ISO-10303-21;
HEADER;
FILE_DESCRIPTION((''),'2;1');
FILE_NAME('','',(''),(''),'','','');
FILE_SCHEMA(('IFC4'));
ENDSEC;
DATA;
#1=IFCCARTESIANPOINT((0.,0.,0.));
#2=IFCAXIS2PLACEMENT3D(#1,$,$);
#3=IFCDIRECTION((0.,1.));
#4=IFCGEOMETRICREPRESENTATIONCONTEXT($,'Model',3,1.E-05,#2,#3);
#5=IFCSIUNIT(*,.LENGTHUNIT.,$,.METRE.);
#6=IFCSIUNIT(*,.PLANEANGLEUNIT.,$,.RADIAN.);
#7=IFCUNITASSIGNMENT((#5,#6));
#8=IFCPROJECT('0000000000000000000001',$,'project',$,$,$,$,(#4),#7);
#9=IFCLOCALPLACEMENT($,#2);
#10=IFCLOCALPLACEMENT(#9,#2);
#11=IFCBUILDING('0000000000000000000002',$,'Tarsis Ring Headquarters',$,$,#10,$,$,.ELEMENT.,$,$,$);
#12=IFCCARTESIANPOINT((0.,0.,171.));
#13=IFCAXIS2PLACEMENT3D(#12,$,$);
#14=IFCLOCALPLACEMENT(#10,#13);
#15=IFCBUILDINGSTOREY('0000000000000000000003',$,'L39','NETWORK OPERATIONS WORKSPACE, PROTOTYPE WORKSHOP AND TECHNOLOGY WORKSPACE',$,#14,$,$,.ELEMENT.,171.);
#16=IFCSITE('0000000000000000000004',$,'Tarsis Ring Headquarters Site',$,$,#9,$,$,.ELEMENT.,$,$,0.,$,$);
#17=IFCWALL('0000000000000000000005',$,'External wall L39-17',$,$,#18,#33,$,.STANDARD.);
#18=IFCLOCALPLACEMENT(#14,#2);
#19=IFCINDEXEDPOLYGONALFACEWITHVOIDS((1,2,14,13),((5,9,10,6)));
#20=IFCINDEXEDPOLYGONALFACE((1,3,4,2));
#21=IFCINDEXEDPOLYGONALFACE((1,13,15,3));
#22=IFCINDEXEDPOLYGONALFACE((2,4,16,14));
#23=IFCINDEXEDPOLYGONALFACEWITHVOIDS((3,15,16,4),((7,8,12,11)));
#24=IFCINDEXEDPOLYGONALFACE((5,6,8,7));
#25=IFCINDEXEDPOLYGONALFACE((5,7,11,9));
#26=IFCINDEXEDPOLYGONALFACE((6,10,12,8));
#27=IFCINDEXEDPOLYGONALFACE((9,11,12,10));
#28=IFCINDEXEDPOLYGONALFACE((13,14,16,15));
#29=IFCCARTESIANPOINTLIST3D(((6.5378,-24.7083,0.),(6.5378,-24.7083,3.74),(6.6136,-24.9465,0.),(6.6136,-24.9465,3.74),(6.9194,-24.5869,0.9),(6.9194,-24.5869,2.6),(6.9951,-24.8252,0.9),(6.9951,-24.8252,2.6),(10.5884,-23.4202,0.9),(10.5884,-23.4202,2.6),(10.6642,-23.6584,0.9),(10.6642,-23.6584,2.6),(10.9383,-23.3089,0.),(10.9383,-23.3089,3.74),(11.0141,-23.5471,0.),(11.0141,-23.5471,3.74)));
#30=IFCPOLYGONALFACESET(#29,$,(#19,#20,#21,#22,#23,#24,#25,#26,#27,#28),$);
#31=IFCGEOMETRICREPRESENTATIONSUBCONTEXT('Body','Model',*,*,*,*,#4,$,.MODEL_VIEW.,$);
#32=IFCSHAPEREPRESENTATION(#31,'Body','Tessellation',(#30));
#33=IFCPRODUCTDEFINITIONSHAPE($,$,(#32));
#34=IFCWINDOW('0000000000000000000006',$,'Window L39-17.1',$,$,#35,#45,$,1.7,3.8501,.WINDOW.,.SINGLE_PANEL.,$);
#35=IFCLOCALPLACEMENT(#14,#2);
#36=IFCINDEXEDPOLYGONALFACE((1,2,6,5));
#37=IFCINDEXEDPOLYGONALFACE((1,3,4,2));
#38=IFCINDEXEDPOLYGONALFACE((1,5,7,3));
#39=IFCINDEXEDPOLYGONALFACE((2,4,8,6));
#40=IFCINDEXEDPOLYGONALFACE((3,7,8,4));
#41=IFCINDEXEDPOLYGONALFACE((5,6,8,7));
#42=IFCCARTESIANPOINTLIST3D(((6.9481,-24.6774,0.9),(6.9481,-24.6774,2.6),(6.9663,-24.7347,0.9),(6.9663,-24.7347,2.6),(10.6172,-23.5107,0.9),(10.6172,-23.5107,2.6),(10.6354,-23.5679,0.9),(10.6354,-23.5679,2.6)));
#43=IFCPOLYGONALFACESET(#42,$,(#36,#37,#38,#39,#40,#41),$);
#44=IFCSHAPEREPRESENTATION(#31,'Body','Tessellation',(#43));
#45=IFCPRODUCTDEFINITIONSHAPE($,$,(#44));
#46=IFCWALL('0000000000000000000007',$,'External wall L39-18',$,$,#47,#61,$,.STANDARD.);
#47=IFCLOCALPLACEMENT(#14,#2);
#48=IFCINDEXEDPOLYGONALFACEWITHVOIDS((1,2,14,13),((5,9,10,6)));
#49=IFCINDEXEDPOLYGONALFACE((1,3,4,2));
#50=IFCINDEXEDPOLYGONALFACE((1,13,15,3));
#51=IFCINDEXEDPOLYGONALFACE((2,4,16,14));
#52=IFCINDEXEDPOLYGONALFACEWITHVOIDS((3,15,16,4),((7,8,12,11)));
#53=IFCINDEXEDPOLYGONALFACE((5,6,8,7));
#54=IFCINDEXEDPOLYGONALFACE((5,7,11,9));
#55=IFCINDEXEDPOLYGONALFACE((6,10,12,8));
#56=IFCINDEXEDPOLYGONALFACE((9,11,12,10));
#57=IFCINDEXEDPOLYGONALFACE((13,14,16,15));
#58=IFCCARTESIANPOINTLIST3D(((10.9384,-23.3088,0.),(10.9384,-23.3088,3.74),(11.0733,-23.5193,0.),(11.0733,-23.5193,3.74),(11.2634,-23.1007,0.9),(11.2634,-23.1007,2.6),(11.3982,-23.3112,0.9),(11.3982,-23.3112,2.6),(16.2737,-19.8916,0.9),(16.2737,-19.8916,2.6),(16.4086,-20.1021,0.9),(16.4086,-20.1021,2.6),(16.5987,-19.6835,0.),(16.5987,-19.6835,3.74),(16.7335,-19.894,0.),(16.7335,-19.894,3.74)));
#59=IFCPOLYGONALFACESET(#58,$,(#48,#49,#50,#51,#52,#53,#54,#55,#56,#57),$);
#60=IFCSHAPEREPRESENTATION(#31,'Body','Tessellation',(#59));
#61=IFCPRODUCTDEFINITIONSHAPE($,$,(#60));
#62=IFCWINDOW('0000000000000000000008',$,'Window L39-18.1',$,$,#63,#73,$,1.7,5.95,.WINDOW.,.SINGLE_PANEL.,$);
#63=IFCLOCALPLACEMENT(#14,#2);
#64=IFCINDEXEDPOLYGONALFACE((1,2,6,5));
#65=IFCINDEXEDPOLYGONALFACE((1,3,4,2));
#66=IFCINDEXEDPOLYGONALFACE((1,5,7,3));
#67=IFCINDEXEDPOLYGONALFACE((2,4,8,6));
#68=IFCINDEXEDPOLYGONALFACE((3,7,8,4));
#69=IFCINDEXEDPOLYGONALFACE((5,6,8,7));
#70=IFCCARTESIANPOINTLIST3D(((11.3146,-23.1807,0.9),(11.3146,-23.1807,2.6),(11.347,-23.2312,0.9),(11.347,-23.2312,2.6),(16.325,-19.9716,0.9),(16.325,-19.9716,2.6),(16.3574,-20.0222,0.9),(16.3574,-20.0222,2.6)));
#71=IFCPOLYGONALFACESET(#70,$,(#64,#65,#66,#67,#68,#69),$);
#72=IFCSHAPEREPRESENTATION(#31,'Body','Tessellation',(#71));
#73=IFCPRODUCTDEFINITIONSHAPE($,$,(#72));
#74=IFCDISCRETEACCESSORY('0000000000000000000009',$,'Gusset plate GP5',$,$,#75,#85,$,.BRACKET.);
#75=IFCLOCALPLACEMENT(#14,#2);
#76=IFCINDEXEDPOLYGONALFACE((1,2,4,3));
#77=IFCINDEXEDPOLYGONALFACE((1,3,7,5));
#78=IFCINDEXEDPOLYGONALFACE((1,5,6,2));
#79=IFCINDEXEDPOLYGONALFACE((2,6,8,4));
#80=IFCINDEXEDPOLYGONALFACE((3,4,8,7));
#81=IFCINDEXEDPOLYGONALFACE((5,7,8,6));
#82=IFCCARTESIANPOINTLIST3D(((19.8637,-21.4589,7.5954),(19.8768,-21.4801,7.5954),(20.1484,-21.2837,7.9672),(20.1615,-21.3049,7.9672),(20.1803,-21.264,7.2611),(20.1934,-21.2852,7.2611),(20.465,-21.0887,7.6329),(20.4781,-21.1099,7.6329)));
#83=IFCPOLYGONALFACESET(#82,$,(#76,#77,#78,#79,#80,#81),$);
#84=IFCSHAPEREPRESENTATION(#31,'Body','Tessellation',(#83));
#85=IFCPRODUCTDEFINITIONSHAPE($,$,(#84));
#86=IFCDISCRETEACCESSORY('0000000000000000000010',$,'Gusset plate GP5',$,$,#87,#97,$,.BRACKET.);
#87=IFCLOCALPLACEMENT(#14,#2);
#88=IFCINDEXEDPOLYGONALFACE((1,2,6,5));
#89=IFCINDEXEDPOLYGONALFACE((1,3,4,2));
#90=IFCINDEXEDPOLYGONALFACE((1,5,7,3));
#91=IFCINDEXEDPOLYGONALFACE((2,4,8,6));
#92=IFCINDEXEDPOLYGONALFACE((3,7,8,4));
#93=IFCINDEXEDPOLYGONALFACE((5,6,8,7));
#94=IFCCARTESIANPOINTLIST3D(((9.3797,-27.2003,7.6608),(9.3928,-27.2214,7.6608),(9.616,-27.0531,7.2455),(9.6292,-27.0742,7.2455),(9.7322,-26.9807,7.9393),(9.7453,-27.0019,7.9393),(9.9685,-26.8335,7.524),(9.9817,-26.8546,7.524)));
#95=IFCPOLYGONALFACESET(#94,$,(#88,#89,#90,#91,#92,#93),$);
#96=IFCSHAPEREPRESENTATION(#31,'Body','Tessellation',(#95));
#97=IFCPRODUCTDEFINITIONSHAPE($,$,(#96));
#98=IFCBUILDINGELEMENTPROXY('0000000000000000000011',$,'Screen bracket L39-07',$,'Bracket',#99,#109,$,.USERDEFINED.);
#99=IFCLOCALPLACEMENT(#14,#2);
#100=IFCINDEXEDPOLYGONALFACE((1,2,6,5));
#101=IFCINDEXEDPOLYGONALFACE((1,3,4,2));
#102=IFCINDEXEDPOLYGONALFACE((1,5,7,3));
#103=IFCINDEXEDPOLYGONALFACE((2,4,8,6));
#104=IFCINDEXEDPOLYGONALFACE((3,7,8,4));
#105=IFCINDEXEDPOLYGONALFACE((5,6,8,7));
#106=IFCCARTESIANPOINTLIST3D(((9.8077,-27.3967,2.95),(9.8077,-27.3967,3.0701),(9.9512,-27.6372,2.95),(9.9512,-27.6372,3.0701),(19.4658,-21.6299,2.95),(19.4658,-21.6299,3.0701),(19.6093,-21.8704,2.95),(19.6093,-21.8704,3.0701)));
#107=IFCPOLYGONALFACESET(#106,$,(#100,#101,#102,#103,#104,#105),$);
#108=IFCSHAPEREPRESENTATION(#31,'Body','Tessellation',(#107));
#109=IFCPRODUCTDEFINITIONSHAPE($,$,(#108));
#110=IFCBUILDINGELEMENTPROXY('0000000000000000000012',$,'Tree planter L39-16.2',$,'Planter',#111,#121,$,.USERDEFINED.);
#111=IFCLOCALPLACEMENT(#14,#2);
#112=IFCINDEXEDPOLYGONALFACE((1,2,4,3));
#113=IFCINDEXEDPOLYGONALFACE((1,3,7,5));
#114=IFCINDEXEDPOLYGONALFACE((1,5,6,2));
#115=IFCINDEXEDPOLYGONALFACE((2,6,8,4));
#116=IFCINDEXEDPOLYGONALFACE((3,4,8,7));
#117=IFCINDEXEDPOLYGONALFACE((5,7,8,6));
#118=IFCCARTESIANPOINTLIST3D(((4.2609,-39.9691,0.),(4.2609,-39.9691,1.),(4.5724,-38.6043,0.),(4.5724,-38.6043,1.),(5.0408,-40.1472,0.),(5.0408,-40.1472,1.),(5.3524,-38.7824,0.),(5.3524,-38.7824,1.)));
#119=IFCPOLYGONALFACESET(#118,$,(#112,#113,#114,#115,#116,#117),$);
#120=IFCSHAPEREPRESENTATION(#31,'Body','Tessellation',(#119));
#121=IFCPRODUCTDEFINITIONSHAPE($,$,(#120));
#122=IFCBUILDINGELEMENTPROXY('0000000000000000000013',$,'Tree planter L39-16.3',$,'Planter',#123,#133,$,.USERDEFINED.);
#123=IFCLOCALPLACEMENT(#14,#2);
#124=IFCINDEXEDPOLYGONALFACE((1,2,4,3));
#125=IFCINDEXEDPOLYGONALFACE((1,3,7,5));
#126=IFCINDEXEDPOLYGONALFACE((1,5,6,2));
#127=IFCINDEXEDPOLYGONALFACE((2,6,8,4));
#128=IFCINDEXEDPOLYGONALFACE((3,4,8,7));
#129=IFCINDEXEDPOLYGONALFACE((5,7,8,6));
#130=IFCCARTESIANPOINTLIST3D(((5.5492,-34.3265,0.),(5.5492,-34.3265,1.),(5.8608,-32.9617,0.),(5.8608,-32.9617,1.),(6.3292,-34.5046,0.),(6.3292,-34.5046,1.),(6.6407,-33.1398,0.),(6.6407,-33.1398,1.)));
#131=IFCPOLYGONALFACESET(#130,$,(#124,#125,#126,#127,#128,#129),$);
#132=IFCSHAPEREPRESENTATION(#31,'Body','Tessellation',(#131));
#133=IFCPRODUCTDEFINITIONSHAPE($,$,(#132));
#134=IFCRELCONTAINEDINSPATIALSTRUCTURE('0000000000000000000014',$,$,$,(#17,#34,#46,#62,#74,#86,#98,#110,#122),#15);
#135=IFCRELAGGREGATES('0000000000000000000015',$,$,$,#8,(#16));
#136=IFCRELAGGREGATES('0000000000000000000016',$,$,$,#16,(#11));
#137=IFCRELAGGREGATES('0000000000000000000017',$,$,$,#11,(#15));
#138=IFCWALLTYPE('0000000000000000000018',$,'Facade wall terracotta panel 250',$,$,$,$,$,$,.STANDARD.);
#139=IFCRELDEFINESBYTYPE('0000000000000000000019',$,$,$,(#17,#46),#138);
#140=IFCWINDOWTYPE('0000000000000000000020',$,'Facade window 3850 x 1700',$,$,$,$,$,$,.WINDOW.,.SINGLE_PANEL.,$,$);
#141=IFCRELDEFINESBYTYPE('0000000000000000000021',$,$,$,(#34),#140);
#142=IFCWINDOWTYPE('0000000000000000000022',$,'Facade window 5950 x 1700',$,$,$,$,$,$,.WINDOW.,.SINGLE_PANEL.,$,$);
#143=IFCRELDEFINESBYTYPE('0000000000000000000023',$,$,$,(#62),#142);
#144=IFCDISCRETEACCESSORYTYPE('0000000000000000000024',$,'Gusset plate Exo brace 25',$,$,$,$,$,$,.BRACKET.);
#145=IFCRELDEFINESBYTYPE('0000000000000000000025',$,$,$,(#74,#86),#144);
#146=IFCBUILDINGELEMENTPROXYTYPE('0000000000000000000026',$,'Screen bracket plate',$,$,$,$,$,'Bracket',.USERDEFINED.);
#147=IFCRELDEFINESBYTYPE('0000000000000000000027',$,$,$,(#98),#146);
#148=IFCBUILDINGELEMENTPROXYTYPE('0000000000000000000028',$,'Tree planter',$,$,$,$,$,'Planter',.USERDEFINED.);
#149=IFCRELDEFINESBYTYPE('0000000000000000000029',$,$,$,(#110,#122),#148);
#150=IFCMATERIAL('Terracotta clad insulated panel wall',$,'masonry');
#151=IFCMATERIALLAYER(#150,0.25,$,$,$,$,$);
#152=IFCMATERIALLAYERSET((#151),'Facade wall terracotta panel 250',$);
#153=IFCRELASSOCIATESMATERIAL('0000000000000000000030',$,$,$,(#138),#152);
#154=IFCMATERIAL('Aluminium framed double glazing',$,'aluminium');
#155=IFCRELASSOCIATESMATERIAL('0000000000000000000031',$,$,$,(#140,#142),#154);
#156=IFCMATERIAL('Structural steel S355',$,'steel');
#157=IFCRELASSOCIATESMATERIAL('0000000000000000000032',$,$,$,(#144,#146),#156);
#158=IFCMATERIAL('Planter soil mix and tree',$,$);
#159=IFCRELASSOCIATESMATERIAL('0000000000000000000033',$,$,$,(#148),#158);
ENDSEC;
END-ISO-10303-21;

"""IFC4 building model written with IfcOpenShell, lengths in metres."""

from ifc_helpers import new_model, si_unit, direction, frame, frame_2d, origin, origin_2d, place, context, subcontext, project, spatial, rectangle, extrude, material, layer, layer_set, material_profile, profile_set, type_object, element, fill, save


model = new_model("IFC4")

# Units and contexts
model_context = context("Model", 3, precision=1e-05, world=origin(), true_north=direction((0.0, 1.0)))
body_context = subcontext(model_context, "Body", "Model", "MODEL_VIEW")
ifc_project = project(units=[si_unit("LENGTHUNIT", "METRE"), si_unit("PLANEANGLEUNIT", "RADIAN")], contexts=[model_context])

# Site, building, storey
site_placement = place(None, origin())
site = spatial("IfcSite", under=ifc_project, at=site_placement, Name="Tarsis Ring Headquarters Site", CompositionType="ELEMENT", RefElevation=0.0)
building_placement = place(site_placement, origin())
building = spatial("IfcBuilding", under=site, at=building_placement, Name="Tarsis Ring Headquarters", CompositionType="ELEMENT")
storey_placement = place(building_placement, frame((0.0, 0.0, 171.0)))
storey = spatial("IfcBuildingStorey", under=building, at=storey_placement, Name="L39", Description="NETWORK OPERATIONS WORKSPACE, PROTOTYPE WORKSHOP AND TECHNOLOGY WORKSPACE", CompositionType="ELEMENT", Elevation=171.0)

# Shared definitions
ifc_material_1 = material(Name="Structural steel S355", Category="steel")

# Walls, openings, windows
ifc_material_2 = material(Name="Terracotta clad insulated panel wall", Category="masonry")
ifc_layer_1 = layer(ifc_material_2, 0.25)
ifc_layer_set_1 = layer_set([ifc_layer_1], Name="Facade wall terracotta panel 250")
wall_type_1 = type_object("IfcWallType", Name="Facade wall terracotta panel 250", PredefinedType="STANDARD", material=ifc_layer_set_1)
wall_1_placement = place(storey_placement, frame((6.5757, -24.8274, 0.0), z_axis=(0.0, 0.0, 1.0), x_axis=(0.952975, 0.303049, 0.0)))
wall_1 = element("IfcWall", 1, at=wall_1_placement, inside=storey, type_object=wall_type_1, Name="External wall L39-17", PredefinedType="STANDARD", context=body_context, shape_type="SweptSolid", body=[
    extrude(rectangle(XDim=4.6177, YDim=0.25, at=frame_2d((2.3088, 0.0))), origin(), (0.0, 0.0, 1.0), 3.74),
])
opening_1_placement = place(wall_1_placement, frame((0.4004, 0.0, 0.8999)))
opening_1 = element("IfcOpeningElement", 2, at=opening_1_placement, cuts=wall_1, PredefinedType="OPENING", context=body_context, shape_type="SweptSolid", body=[
    extrude(rectangle(XDim=3.8501, YDim=1.7, at=frame_2d((1.925, 0.8501))), frame((0.0, 0.135, 0.0), z_axis=(0.0, -1.0, 0.0), x_axis=(1.0, 0.0, 0.0)), (0.0, 0.0, 1.0), 0.27),
])
ifc_material_3 = material(Name="Aluminium framed double glazing", Category="aluminium")
window_type_1 = type_object("IfcWindowType", Name="Facade window 3850 x 1700", PartitioningType="SINGLE_PANEL", PredefinedType="WINDOW", material=ifc_material_3)
window_1_placement = place(opening_1_placement, origin())
window_1 = element("IfcWindow", 3, at=window_1_placement, inside=storey, type_object=window_type_1, Name="Window L39-17.1", OverallHeight=1.7, OverallWidth=3.8501, PartitioningType="SINGLE_PANEL", PredefinedType="WINDOW", context=body_context, shape_type="SweptSolid", body=[
    extrude(rectangle(XDim=3.8501, YDim=1.7, at=frame_2d((1.925, 0.8501))), frame((0.0, 0.03, 0.0), z_axis=(0.0, -1.0, 0.0), x_axis=(1.0, 0.0, 0.0)), (0.0, 0.0, 1.0), 0.0601),
])
fill(opening_1, window_1)
wall_2_placement = place(storey_placement, frame((11.0059, -23.4141, 0.0), z_axis=(0.0, 0.0, 1.0), x_axis=(0.842086, 0.539343, 0.0)))
wall_2 = element("IfcWall", 4, at=wall_2_placement, inside=storey, type_object=wall_type_1, Name="External wall L39-18", PredefinedType="STANDARD", context=body_context, shape_type="SweptSolid", body=[
    extrude(rectangle(XDim=6.7217, YDim=0.25, at=frame_2d((3.3608, 0.0))), origin(), (0.0, 0.0, 1.0), 3.74),
])
opening_2_placement = place(wall_2_placement, frame((0.3857, 0.0, 0.8999)))
opening_2 = element("IfcOpeningElement", 5, at=opening_2_placement, cuts=wall_2, PredefinedType="OPENING", context=body_context, shape_type="SweptSolid", body=[
    extrude(rectangle(XDim=5.95, YDim=1.7, at=frame_2d((2.9751, 0.8501))), frame((0.0, 0.135, 0.0), z_axis=(0.0, -1.0, 0.0), x_axis=(1.0, 0.0, 0.0)), (0.0, 0.0, 1.0), 0.27),
])
window_type_2 = type_object("IfcWindowType", Name="Facade window 5950 x 1700", PartitioningType="SINGLE_PANEL", PredefinedType="WINDOW", material=ifc_material_3)
window_2_placement = place(opening_2_placement, origin())
window_2 = element("IfcWindow", 6, at=window_2_placement, inside=storey, type_object=window_type_2, Name="Window L39-18.1", OverallHeight=1.7, OverallWidth=5.95, PartitioningType="SINGLE_PANEL", PredefinedType="WINDOW", context=body_context, shape_type="SweptSolid", body=[
    extrude(rectangle(XDim=5.95, YDim=1.7, at=frame_2d((2.9751, 0.8501))), frame((0.0, 0.03, 0.0), z_axis=(0.0, -1.0, 0.0), x_axis=(1.0, 0.0, 0.0)), (0.0, 0.0, 1.0), 0.0601),
])
fill(opening_2, window_2)

# Discrete accessories
ifc_material_profile_1 = material_profile(ifc_material_1, rectangle(XDim=0.0249, YDim=0.5, at=origin_2d()), Name="PL 25x500")
ifc_profile_set_1 = profile_set([ifc_material_profile_1], Name="Structural steel S355")
discrete_accessory_type = type_object("IfcDiscreteAccessoryType", Name="Gusset plate Exo brace 25", PredefinedType="BRACKET", material=ifc_profile_set_1)
for number, where, z_axis, x_axis, name in (
    (7, (20.3132, -21.1968, 7.8), (-0.569315, -0.350573, -0.743625), (0.524342, -0.851508, 0.0), "Gusset plate GP5"),
    (8, (9.5625, -27.1011, 7.8), (0.472671, 0.294443, -0.830593), (-0.528737, 0.848786, 0.0), "Gusset plate GP5"),
):
    element("IfcDiscreteAccessory", number, at=place(storey_placement, frame(where, z_axis=z_axis, x_axis=x_axis)), inside=storey, type_object=discrete_accessory_type, Name=name, PredefinedType="BRACKET", context=body_context, shape_type="SweptSolid", body=[
        extrude(rectangle(XDim=0.0249, YDim=0.5, at=origin_2d()), origin(), (0.0, 0.0, 1.0), 0.5),
    ])

# Building element proxies
building_element_proxy_type_1 = type_object("IfcBuildingElementProxyType", Name="Screen bracket plate", ElementType="Bracket", PredefinedType="USERDEFINED", material=ifc_material_1)
proxy_placement = place(storey_placement, frame((14.7085, -24.6335, 2.95), z_axis=(0.0, 0.0, 1.0), x_axis=(0.858591, 0.512662, 0.0)))
element("IfcBuildingElementProxy", 9, at=proxy_placement, inside=storey, type_object=building_element_proxy_type_1, Name="Screen bracket L39-07", ObjectType="Bracket", PredefinedType="USERDEFINED", context=body_context, shape_type="SweptSolid", body=[
    extrude(rectangle(XDim=11.2488, YDim=0.28, at=origin_2d()), origin(), (0.0, 0.0, 1.0), 0.1201),
])
ifc_material_4 = material(Name="Planter soil mix and tree")
building_element_proxy_type_2 = type_object("IfcBuildingElementProxyType", Name="Tree planter", ElementType="Planter", PredefinedType="USERDEFINED", material=ifc_material_4)
for number, where, z_axis, x_axis, name in (
    (10, (4.8066, -39.3757, 0.0), (0.0, 0.0, 1.0), (0.22257, 0.974917, 0.0), "Tree planter L39-16.2"),
    (11, (6.095, -33.7332, 0.0), (0.0, 0.0, 1.0), (0.22257, 0.974917, 0.0), "Tree planter L39-16.3"),
):
    element("IfcBuildingElementProxy", number, at=place(storey_placement, frame(where, z_axis=z_axis, x_axis=x_axis)), inside=storey, type_object=building_element_proxy_type_2, Name=name, ObjectType="Planter", PredefinedType="USERDEFINED", context=body_context, shape_type="SweptSolid", body=[
        extrude(rectangle(XDim=1.3999, YDim=0.8, at=origin_2d()), origin(), (0.0, 0.0, 1.0), 1.0),
    ])

save(model, "model.ifc")
